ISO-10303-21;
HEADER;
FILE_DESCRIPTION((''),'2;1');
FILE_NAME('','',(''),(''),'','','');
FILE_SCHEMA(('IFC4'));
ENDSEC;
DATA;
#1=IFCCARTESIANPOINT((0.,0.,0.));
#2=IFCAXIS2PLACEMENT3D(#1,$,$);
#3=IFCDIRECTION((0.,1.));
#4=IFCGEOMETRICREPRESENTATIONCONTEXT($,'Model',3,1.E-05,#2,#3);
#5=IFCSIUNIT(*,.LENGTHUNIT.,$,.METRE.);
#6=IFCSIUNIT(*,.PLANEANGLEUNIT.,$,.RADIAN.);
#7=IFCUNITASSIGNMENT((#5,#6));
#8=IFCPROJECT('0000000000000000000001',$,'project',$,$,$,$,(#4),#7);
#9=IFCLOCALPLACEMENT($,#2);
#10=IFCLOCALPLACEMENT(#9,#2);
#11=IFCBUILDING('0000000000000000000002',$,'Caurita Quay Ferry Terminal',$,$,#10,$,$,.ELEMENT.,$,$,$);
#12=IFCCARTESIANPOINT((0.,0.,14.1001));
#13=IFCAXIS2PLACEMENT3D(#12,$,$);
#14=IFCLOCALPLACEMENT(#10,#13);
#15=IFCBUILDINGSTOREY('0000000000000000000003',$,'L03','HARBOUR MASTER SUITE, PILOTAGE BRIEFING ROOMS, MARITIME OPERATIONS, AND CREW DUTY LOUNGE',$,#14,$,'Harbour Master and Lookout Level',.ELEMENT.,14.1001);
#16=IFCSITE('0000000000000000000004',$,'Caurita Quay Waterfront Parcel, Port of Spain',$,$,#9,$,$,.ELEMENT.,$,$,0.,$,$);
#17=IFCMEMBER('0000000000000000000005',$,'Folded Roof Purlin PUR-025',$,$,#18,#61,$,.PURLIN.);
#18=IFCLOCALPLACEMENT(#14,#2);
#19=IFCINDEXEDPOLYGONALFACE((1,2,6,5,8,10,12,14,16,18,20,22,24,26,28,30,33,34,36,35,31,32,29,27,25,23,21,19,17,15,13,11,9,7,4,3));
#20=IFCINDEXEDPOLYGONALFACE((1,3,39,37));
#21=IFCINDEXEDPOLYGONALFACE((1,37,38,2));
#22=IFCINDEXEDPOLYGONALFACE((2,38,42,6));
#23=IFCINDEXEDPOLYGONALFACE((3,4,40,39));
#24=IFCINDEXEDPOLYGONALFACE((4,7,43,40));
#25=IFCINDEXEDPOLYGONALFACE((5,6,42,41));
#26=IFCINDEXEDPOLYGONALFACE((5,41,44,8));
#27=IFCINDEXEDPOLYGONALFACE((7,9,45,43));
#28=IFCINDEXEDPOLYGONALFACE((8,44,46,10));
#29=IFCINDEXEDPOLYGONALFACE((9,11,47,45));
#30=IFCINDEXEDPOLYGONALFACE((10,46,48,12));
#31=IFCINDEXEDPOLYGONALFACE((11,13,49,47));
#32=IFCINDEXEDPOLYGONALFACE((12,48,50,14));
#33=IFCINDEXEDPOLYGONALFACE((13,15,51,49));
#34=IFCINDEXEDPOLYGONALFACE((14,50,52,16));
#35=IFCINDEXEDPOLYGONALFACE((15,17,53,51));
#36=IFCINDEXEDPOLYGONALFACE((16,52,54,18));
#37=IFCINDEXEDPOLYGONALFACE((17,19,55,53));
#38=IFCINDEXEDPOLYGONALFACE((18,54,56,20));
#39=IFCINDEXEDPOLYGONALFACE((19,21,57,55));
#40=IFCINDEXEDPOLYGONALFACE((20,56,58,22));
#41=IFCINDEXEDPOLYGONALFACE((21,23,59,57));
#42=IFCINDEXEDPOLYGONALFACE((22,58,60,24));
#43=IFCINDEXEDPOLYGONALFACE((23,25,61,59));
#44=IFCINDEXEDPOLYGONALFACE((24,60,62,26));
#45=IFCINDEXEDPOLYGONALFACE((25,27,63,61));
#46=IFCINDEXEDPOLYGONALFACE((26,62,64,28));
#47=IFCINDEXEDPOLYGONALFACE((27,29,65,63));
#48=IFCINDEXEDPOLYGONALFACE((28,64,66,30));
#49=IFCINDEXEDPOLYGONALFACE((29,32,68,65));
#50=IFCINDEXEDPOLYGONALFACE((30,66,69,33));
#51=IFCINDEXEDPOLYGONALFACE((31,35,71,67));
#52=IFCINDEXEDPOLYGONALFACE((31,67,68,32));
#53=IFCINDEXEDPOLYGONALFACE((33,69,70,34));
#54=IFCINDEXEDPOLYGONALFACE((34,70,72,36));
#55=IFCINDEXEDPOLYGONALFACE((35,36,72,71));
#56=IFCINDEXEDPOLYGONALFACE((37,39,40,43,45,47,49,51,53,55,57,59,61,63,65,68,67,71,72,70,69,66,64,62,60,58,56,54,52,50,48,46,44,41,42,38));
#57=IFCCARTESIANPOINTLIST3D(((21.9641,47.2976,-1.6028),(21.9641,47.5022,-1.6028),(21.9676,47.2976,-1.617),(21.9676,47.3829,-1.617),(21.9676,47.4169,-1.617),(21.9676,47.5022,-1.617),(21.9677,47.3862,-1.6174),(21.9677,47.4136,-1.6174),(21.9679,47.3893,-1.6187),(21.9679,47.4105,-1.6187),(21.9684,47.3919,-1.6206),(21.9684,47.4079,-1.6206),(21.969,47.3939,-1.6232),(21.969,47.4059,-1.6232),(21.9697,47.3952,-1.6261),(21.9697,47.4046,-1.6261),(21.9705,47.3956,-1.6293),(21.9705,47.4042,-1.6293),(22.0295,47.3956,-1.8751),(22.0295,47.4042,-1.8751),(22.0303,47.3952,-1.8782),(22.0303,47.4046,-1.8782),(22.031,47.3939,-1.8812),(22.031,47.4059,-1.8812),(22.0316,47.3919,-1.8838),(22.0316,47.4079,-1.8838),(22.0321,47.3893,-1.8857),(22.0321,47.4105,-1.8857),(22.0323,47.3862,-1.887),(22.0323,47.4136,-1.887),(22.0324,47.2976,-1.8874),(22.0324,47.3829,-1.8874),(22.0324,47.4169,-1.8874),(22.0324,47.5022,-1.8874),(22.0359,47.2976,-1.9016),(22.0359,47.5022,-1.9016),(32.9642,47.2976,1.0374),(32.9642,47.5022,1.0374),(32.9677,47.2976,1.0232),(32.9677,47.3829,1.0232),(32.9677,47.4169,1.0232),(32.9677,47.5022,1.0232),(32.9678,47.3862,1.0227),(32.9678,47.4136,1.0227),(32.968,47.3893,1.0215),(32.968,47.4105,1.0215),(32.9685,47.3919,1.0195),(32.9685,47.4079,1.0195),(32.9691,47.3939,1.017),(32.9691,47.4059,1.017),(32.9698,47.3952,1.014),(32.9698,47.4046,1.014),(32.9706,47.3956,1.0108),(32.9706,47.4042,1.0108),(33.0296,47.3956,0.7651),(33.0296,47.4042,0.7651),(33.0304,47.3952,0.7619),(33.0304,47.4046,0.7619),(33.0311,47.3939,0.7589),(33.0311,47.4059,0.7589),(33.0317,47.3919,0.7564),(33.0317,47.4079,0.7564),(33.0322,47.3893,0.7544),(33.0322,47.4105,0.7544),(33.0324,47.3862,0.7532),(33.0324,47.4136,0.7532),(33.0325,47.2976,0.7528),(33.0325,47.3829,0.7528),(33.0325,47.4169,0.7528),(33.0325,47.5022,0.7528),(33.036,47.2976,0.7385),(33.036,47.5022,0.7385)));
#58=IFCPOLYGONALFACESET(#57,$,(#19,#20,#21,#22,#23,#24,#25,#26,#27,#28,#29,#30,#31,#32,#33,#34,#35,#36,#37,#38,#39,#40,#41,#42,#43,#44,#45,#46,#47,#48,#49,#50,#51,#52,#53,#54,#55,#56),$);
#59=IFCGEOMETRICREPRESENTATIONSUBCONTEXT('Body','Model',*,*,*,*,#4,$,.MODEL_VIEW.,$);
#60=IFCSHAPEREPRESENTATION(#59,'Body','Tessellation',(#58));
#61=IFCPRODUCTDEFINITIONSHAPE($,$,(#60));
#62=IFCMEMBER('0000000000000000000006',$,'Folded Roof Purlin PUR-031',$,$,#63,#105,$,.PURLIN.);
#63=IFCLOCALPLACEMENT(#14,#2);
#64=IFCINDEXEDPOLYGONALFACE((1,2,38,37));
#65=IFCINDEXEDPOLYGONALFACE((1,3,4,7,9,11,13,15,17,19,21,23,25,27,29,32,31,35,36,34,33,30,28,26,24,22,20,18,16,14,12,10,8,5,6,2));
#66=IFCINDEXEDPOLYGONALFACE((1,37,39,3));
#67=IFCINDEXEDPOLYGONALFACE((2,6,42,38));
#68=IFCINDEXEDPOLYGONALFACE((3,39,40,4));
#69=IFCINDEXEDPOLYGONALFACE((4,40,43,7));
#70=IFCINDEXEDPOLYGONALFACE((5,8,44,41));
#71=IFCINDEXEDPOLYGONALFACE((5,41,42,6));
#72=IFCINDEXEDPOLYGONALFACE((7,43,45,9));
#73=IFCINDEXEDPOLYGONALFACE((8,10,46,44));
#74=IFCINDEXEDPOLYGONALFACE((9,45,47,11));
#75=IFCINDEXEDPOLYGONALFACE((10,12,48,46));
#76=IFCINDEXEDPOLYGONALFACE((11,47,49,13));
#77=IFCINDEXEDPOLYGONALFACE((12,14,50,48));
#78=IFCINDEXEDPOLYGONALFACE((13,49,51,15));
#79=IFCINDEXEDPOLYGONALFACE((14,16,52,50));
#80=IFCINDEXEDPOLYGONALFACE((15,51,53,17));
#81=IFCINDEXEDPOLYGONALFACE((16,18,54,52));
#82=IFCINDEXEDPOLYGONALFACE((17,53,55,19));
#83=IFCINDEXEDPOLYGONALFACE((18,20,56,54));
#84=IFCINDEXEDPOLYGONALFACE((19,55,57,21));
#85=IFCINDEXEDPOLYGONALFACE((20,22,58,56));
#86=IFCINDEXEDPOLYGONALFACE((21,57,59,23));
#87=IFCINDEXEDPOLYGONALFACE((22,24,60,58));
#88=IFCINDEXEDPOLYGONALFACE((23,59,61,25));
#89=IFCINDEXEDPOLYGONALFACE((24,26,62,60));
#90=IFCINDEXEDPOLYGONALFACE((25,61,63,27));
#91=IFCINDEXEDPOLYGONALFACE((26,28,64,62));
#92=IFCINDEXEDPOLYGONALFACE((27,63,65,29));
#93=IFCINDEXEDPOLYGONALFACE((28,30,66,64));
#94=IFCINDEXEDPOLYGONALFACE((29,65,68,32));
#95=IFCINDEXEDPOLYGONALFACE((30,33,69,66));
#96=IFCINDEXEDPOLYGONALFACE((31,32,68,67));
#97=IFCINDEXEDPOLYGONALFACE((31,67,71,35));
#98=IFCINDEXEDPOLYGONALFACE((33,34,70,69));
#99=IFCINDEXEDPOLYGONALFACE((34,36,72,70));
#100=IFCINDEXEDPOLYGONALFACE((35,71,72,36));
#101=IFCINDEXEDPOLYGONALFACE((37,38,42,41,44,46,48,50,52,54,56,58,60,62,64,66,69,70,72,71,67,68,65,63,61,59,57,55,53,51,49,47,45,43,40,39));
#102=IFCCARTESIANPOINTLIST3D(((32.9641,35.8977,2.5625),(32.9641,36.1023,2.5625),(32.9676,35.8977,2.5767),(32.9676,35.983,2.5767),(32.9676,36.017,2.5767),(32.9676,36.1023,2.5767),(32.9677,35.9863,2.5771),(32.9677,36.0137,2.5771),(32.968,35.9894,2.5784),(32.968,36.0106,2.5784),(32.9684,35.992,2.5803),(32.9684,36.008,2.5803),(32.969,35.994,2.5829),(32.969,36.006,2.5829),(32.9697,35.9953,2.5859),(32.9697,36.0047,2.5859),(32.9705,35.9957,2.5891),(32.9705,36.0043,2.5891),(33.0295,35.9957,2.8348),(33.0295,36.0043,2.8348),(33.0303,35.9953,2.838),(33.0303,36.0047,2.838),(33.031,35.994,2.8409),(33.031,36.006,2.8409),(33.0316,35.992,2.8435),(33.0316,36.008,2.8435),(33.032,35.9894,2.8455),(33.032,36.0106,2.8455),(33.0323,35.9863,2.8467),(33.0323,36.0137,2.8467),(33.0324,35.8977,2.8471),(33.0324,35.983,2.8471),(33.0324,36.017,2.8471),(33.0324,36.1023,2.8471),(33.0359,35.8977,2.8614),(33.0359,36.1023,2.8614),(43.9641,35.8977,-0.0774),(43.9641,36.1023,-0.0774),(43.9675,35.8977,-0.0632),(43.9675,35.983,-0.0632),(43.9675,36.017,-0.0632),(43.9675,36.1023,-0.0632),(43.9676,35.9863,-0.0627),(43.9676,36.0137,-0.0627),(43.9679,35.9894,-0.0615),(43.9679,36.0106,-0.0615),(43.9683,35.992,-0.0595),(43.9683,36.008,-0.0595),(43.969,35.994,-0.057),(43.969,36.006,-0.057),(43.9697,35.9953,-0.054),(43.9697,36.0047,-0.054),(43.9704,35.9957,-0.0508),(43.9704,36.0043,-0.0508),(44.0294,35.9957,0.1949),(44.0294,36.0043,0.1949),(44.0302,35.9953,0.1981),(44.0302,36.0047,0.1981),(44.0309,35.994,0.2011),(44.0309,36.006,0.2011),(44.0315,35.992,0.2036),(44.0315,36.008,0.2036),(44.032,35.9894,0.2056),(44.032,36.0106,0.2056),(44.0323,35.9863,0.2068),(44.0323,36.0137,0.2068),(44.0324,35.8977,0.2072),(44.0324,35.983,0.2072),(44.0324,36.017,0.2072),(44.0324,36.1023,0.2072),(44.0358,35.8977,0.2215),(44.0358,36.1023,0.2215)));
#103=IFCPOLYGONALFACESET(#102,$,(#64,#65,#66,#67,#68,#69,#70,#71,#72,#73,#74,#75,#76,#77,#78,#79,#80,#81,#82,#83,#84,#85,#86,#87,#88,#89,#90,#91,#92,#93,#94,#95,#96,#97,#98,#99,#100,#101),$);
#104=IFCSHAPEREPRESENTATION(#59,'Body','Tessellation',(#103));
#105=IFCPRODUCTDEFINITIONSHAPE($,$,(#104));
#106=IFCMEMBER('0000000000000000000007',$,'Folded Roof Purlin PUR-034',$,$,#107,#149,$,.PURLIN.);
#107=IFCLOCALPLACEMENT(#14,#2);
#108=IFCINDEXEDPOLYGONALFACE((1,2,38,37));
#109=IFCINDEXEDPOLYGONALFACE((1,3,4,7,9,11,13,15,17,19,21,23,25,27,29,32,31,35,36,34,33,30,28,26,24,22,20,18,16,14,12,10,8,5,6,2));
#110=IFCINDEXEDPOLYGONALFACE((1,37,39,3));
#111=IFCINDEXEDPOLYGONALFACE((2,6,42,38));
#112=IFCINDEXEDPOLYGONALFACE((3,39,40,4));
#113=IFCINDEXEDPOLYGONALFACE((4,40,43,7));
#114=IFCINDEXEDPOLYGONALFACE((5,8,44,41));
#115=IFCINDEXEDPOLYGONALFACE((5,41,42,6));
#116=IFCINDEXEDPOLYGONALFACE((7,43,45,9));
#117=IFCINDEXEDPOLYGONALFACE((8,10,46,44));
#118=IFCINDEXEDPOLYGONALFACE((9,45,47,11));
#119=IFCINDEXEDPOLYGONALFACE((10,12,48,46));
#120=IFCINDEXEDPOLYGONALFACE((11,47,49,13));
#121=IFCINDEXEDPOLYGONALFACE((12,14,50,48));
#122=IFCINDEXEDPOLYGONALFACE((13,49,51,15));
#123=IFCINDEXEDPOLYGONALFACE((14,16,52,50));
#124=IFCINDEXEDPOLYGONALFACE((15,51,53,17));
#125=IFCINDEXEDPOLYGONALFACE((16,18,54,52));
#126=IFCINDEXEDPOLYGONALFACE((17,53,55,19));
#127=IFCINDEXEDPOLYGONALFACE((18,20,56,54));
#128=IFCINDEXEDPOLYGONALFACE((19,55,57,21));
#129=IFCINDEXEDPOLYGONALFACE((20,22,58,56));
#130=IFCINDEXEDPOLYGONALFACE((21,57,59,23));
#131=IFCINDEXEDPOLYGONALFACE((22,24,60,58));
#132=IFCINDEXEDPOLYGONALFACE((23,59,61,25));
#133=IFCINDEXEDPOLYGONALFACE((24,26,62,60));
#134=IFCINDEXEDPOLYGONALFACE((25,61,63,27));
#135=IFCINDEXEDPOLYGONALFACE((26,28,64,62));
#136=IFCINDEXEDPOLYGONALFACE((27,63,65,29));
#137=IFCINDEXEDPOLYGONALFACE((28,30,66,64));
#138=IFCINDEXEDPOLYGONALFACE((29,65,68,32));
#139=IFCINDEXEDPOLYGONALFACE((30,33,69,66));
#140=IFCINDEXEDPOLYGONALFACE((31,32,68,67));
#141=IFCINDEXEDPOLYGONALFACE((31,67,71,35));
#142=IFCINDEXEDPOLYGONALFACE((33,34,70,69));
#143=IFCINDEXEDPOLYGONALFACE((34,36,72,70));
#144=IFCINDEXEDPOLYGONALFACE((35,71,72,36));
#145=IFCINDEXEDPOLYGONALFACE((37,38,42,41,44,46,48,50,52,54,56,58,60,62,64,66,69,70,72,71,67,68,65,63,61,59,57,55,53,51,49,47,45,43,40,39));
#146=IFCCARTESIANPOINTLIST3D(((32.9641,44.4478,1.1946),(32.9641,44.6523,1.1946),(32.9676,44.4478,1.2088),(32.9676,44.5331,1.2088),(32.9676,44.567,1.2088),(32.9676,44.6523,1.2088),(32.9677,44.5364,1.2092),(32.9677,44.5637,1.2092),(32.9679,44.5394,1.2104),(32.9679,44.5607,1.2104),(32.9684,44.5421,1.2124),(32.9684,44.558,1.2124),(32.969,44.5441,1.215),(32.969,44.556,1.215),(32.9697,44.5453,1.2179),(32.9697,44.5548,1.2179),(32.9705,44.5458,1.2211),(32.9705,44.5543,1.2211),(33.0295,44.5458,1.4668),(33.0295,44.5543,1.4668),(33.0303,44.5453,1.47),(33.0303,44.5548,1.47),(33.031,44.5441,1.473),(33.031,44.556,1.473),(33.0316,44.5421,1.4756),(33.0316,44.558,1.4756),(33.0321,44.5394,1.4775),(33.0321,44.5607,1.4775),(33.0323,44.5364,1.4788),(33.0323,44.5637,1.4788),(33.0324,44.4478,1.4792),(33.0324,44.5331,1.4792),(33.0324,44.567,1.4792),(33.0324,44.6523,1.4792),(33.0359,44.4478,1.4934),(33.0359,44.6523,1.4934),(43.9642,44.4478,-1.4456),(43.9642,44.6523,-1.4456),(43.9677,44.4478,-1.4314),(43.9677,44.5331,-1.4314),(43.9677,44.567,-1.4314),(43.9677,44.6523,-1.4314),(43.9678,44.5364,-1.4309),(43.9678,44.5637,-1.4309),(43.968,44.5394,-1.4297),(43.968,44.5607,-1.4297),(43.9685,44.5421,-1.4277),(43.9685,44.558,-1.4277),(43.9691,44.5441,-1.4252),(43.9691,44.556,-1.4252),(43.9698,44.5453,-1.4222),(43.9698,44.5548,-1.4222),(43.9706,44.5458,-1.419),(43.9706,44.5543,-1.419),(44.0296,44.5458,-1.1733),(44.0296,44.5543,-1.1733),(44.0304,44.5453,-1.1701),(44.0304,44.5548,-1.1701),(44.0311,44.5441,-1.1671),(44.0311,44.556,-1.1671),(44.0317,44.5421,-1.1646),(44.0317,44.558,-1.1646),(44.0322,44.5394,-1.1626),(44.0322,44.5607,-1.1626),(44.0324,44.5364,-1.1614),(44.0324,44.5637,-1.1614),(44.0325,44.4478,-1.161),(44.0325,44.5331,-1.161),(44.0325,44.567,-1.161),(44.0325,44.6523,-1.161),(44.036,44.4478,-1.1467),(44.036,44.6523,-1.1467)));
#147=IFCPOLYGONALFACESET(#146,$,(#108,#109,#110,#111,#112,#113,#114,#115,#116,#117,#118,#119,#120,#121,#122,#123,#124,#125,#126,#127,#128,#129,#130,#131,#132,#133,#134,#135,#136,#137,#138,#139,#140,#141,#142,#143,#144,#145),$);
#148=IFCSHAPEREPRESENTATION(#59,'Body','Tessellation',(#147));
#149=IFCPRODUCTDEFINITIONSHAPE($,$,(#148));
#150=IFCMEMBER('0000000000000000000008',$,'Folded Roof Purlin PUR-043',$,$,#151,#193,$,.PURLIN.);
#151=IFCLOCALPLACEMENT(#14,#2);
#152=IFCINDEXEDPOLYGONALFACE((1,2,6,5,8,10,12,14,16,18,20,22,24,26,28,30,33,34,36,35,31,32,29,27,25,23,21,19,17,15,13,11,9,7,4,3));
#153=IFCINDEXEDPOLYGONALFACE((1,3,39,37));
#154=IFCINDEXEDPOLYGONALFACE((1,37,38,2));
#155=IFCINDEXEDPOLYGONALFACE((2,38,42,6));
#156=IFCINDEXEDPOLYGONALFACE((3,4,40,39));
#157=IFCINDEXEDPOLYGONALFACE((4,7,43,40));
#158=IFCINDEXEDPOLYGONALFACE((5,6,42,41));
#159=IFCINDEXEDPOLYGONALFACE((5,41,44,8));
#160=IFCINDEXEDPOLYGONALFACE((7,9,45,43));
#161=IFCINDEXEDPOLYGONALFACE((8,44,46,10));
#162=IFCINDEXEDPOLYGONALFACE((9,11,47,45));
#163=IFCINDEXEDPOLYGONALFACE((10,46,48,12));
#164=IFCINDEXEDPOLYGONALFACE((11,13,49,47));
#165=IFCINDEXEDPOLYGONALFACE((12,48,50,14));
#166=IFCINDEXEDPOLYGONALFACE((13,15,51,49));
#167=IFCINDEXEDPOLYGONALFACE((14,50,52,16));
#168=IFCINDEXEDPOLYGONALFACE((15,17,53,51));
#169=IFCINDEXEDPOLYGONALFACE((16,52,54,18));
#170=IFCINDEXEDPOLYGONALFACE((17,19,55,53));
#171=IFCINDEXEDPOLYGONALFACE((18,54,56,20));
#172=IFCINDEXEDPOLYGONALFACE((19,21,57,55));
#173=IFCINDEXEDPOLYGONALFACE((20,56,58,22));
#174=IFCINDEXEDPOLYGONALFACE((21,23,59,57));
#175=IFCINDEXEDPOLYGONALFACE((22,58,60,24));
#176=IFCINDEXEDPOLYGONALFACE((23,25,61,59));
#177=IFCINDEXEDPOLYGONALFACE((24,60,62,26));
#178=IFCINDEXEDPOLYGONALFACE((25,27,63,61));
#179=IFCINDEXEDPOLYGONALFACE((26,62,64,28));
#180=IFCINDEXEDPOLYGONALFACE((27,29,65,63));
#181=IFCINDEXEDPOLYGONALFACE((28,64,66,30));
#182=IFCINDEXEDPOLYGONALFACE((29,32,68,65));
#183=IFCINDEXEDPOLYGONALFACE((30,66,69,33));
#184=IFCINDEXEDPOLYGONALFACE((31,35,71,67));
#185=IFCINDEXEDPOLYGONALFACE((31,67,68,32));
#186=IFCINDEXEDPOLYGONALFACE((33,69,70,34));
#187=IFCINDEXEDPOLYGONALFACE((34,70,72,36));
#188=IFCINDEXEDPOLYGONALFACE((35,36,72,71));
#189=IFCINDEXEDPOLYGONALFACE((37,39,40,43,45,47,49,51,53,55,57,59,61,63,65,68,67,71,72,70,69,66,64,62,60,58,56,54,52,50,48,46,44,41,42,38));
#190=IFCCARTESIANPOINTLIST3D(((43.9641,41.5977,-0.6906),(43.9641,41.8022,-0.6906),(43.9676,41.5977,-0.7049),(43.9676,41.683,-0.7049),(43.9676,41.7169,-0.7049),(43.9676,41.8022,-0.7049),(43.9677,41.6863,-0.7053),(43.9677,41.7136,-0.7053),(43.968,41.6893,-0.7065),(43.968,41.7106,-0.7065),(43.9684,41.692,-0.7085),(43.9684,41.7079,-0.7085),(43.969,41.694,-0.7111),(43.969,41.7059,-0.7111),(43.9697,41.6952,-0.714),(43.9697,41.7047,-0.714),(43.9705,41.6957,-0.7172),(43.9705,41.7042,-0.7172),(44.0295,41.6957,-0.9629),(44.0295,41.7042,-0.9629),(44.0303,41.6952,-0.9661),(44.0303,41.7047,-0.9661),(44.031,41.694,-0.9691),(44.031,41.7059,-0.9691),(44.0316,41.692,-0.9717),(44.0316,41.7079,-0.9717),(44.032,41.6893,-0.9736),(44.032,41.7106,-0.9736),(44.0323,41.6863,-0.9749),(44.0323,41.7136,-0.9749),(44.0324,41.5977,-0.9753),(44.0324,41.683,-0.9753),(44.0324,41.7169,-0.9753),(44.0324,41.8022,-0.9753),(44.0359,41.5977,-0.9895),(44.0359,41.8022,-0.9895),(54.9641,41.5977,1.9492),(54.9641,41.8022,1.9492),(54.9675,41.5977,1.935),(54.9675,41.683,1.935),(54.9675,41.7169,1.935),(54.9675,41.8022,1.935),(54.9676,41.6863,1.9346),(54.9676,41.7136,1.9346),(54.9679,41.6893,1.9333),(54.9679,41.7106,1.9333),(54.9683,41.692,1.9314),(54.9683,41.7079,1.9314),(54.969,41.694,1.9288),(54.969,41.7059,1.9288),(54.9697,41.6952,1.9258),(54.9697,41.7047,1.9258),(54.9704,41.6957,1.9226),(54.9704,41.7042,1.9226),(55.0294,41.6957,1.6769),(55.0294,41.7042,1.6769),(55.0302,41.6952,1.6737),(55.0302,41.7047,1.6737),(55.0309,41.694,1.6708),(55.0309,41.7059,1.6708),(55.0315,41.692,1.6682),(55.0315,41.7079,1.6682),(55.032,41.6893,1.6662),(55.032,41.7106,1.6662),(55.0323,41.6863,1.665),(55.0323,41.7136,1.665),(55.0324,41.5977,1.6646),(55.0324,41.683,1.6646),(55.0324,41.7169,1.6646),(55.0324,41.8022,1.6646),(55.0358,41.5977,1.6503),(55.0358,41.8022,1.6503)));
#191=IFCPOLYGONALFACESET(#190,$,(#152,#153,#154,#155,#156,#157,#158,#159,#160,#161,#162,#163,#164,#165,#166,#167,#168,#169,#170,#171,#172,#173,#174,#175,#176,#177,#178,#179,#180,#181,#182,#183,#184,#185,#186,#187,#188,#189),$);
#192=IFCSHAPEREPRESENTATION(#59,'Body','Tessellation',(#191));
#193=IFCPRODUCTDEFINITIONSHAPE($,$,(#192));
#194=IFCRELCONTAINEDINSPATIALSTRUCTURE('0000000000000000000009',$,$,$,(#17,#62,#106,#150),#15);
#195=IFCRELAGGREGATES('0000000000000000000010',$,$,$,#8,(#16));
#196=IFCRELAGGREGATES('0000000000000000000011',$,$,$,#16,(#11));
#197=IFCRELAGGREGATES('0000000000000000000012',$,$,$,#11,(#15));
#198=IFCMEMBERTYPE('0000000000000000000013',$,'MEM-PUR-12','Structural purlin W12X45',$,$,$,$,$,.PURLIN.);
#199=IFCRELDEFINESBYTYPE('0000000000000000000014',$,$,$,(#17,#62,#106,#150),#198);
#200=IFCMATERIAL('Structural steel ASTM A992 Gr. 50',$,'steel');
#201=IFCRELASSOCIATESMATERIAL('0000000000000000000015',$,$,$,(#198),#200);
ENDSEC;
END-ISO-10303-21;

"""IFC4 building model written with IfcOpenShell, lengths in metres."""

from ifc_helpers import new_model, si_unit, direction, frame, origin, origin_2d, place, context, subcontext, project, spatial, i_section, extrude, material, material_profile, profile_set, type_object, element, save


model = new_model("IFC4")

# Units and contexts
model_context = context("Model", 3, precision=1e-05, world=origin(), true_north=direction((0.0, 1.0)))
body_context = subcontext(model_context, "Body", "Model", "MODEL_VIEW")
ifc_project = project(units=[si_unit("LENGTHUNIT", "METRE"), si_unit("PLANEANGLEUNIT", "RADIAN")], contexts=[model_context])

# Site, building, storey
site_placement = place(None, origin())
site = spatial("IfcSite", under=ifc_project, at=site_placement, Name="Caurita Quay Waterfront Parcel, Port of Spain", CompositionType="ELEMENT", RefElevation=0.0)
building_placement = place(site_placement, origin())
building = spatial("IfcBuilding", under=site, at=building_placement, Name="Caurita Quay Ferry Terminal", CompositionType="ELEMENT")
storey_placement = place(building_placement, frame((0.0, 0.0, 14.1001)))
storey = spatial("IfcBuildingStorey", under=building, at=storey_placement, Name="L03", Description="HARBOUR MASTER SUITE, PILOTAGE BRIEFING ROOMS, MARITIME OPERATIONS, AND CREW DUTY LOUNGE", LongName="Harbour Master and Lookout Level", CompositionType="ELEMENT", Elevation=14.1001)

# Shared definitions
ifc_material_1 = material(Name="Structural steel ASTM A992 Gr. 50", Category="steel")

# Members
ifc_material_profile_1 = material_profile(ifc_material_1, i_section(OverallWidth=0.2046, OverallDepth=0.3074, WebThickness=0.0085, FlangeThickness=0.0146, FilletRadius=0.0127, at=origin_2d()), Name="W12X45")
ifc_profile_set_1 = profile_set([ifc_material_profile_1], Name="Structural steel ASTM A992 Gr. 50")
member_type_1 = type_object("IfcMemberType", Name="MEM-PUR-12", Description="Structural purlin W12X45", PredefinedType="PURLIN", material=ifc_profile_set_1)
member_1_placement = place(storey_placement, frame((22.0, 47.3999, -1.7522), z_axis=(0.972385, 0.0, 0.233384), x_axis=(0.0, 1.0, 0.0)))
element("IfcMember", 1, at=member_1_placement, inside=storey, type_object=member_type_1, Name="Folded Roof Purlin PUR-025", PredefinedType="PURLIN", context=body_context, shape_type="SweptSolid", body=[
    extrude(i_section(OverallWidth=0.2046, OverallDepth=0.3074, WebThickness=0.0085, FlangeThickness=0.0146, FilletRadius=0.0127, at=origin_2d()), origin(), (0.0, 0.0, 1.0), 11.3125),
])
member_2_placement = place(storey_placement, frame((33.0, 36.0, 2.7119), z_axis=(0.972389, 0.0, -0.233364), x_axis=(0.0, 1.0, 0.0)))
element("IfcMember", 2, at=member_2_placement, inside=storey, type_object=member_type_1, Name="Folded Roof Purlin PUR-031", PredefinedType="PURLIN", context=body_context, shape_type="SweptSolid", body=[
    extrude(i_section(OverallWidth=0.2046, OverallDepth=0.3074, WebThickness=0.0085, FlangeThickness=0.0146, FilletRadius=0.0127, at=origin_2d()), origin(), (0.0, 0.0, 1.0), 11.3123),
])
member_3_placement = place(storey_placement, frame((33.0, 44.55, 1.344), z_axis=(0.972385, 0.0, -0.233384), x_axis=(0.0, 1.0, 0.0)))
element("IfcMember", 3, at=member_3_placement, inside=storey, type_object=member_type_1, Name="Folded Roof Purlin PUR-034", PredefinedType="PURLIN", context=body_context, shape_type="SweptSolid", body=[
    extrude(i_section(OverallWidth=0.2046, OverallDepth=0.3074, WebThickness=0.0085, FlangeThickness=0.0146, FilletRadius=0.0127, at=origin_2d()), origin(), (0.0, 0.0, 1.0), 11.3125),
])
member_4_placement = place(storey_placement, frame((44.0, 41.7, -0.8401), z_axis=(0.972389, 0.0, 0.233364), x_axis=(0.0, 1.0, 0.0)))
element("IfcMember", 4, at=member_4_placement, inside=storey, type_object=member_type_1, Name="Folded Roof Purlin PUR-043", PredefinedType="PURLIN", context=body_context, shape_type="SweptSolid", body=[
    extrude(i_section(OverallWidth=0.2046, OverallDepth=0.3074, WebThickness=0.0085, FlangeThickness=0.0146, FilletRadius=0.0127, at=origin_2d()), origin(), (0.0, 0.0, 1.0), 11.3123),
])

save(model, "model.ifc")
